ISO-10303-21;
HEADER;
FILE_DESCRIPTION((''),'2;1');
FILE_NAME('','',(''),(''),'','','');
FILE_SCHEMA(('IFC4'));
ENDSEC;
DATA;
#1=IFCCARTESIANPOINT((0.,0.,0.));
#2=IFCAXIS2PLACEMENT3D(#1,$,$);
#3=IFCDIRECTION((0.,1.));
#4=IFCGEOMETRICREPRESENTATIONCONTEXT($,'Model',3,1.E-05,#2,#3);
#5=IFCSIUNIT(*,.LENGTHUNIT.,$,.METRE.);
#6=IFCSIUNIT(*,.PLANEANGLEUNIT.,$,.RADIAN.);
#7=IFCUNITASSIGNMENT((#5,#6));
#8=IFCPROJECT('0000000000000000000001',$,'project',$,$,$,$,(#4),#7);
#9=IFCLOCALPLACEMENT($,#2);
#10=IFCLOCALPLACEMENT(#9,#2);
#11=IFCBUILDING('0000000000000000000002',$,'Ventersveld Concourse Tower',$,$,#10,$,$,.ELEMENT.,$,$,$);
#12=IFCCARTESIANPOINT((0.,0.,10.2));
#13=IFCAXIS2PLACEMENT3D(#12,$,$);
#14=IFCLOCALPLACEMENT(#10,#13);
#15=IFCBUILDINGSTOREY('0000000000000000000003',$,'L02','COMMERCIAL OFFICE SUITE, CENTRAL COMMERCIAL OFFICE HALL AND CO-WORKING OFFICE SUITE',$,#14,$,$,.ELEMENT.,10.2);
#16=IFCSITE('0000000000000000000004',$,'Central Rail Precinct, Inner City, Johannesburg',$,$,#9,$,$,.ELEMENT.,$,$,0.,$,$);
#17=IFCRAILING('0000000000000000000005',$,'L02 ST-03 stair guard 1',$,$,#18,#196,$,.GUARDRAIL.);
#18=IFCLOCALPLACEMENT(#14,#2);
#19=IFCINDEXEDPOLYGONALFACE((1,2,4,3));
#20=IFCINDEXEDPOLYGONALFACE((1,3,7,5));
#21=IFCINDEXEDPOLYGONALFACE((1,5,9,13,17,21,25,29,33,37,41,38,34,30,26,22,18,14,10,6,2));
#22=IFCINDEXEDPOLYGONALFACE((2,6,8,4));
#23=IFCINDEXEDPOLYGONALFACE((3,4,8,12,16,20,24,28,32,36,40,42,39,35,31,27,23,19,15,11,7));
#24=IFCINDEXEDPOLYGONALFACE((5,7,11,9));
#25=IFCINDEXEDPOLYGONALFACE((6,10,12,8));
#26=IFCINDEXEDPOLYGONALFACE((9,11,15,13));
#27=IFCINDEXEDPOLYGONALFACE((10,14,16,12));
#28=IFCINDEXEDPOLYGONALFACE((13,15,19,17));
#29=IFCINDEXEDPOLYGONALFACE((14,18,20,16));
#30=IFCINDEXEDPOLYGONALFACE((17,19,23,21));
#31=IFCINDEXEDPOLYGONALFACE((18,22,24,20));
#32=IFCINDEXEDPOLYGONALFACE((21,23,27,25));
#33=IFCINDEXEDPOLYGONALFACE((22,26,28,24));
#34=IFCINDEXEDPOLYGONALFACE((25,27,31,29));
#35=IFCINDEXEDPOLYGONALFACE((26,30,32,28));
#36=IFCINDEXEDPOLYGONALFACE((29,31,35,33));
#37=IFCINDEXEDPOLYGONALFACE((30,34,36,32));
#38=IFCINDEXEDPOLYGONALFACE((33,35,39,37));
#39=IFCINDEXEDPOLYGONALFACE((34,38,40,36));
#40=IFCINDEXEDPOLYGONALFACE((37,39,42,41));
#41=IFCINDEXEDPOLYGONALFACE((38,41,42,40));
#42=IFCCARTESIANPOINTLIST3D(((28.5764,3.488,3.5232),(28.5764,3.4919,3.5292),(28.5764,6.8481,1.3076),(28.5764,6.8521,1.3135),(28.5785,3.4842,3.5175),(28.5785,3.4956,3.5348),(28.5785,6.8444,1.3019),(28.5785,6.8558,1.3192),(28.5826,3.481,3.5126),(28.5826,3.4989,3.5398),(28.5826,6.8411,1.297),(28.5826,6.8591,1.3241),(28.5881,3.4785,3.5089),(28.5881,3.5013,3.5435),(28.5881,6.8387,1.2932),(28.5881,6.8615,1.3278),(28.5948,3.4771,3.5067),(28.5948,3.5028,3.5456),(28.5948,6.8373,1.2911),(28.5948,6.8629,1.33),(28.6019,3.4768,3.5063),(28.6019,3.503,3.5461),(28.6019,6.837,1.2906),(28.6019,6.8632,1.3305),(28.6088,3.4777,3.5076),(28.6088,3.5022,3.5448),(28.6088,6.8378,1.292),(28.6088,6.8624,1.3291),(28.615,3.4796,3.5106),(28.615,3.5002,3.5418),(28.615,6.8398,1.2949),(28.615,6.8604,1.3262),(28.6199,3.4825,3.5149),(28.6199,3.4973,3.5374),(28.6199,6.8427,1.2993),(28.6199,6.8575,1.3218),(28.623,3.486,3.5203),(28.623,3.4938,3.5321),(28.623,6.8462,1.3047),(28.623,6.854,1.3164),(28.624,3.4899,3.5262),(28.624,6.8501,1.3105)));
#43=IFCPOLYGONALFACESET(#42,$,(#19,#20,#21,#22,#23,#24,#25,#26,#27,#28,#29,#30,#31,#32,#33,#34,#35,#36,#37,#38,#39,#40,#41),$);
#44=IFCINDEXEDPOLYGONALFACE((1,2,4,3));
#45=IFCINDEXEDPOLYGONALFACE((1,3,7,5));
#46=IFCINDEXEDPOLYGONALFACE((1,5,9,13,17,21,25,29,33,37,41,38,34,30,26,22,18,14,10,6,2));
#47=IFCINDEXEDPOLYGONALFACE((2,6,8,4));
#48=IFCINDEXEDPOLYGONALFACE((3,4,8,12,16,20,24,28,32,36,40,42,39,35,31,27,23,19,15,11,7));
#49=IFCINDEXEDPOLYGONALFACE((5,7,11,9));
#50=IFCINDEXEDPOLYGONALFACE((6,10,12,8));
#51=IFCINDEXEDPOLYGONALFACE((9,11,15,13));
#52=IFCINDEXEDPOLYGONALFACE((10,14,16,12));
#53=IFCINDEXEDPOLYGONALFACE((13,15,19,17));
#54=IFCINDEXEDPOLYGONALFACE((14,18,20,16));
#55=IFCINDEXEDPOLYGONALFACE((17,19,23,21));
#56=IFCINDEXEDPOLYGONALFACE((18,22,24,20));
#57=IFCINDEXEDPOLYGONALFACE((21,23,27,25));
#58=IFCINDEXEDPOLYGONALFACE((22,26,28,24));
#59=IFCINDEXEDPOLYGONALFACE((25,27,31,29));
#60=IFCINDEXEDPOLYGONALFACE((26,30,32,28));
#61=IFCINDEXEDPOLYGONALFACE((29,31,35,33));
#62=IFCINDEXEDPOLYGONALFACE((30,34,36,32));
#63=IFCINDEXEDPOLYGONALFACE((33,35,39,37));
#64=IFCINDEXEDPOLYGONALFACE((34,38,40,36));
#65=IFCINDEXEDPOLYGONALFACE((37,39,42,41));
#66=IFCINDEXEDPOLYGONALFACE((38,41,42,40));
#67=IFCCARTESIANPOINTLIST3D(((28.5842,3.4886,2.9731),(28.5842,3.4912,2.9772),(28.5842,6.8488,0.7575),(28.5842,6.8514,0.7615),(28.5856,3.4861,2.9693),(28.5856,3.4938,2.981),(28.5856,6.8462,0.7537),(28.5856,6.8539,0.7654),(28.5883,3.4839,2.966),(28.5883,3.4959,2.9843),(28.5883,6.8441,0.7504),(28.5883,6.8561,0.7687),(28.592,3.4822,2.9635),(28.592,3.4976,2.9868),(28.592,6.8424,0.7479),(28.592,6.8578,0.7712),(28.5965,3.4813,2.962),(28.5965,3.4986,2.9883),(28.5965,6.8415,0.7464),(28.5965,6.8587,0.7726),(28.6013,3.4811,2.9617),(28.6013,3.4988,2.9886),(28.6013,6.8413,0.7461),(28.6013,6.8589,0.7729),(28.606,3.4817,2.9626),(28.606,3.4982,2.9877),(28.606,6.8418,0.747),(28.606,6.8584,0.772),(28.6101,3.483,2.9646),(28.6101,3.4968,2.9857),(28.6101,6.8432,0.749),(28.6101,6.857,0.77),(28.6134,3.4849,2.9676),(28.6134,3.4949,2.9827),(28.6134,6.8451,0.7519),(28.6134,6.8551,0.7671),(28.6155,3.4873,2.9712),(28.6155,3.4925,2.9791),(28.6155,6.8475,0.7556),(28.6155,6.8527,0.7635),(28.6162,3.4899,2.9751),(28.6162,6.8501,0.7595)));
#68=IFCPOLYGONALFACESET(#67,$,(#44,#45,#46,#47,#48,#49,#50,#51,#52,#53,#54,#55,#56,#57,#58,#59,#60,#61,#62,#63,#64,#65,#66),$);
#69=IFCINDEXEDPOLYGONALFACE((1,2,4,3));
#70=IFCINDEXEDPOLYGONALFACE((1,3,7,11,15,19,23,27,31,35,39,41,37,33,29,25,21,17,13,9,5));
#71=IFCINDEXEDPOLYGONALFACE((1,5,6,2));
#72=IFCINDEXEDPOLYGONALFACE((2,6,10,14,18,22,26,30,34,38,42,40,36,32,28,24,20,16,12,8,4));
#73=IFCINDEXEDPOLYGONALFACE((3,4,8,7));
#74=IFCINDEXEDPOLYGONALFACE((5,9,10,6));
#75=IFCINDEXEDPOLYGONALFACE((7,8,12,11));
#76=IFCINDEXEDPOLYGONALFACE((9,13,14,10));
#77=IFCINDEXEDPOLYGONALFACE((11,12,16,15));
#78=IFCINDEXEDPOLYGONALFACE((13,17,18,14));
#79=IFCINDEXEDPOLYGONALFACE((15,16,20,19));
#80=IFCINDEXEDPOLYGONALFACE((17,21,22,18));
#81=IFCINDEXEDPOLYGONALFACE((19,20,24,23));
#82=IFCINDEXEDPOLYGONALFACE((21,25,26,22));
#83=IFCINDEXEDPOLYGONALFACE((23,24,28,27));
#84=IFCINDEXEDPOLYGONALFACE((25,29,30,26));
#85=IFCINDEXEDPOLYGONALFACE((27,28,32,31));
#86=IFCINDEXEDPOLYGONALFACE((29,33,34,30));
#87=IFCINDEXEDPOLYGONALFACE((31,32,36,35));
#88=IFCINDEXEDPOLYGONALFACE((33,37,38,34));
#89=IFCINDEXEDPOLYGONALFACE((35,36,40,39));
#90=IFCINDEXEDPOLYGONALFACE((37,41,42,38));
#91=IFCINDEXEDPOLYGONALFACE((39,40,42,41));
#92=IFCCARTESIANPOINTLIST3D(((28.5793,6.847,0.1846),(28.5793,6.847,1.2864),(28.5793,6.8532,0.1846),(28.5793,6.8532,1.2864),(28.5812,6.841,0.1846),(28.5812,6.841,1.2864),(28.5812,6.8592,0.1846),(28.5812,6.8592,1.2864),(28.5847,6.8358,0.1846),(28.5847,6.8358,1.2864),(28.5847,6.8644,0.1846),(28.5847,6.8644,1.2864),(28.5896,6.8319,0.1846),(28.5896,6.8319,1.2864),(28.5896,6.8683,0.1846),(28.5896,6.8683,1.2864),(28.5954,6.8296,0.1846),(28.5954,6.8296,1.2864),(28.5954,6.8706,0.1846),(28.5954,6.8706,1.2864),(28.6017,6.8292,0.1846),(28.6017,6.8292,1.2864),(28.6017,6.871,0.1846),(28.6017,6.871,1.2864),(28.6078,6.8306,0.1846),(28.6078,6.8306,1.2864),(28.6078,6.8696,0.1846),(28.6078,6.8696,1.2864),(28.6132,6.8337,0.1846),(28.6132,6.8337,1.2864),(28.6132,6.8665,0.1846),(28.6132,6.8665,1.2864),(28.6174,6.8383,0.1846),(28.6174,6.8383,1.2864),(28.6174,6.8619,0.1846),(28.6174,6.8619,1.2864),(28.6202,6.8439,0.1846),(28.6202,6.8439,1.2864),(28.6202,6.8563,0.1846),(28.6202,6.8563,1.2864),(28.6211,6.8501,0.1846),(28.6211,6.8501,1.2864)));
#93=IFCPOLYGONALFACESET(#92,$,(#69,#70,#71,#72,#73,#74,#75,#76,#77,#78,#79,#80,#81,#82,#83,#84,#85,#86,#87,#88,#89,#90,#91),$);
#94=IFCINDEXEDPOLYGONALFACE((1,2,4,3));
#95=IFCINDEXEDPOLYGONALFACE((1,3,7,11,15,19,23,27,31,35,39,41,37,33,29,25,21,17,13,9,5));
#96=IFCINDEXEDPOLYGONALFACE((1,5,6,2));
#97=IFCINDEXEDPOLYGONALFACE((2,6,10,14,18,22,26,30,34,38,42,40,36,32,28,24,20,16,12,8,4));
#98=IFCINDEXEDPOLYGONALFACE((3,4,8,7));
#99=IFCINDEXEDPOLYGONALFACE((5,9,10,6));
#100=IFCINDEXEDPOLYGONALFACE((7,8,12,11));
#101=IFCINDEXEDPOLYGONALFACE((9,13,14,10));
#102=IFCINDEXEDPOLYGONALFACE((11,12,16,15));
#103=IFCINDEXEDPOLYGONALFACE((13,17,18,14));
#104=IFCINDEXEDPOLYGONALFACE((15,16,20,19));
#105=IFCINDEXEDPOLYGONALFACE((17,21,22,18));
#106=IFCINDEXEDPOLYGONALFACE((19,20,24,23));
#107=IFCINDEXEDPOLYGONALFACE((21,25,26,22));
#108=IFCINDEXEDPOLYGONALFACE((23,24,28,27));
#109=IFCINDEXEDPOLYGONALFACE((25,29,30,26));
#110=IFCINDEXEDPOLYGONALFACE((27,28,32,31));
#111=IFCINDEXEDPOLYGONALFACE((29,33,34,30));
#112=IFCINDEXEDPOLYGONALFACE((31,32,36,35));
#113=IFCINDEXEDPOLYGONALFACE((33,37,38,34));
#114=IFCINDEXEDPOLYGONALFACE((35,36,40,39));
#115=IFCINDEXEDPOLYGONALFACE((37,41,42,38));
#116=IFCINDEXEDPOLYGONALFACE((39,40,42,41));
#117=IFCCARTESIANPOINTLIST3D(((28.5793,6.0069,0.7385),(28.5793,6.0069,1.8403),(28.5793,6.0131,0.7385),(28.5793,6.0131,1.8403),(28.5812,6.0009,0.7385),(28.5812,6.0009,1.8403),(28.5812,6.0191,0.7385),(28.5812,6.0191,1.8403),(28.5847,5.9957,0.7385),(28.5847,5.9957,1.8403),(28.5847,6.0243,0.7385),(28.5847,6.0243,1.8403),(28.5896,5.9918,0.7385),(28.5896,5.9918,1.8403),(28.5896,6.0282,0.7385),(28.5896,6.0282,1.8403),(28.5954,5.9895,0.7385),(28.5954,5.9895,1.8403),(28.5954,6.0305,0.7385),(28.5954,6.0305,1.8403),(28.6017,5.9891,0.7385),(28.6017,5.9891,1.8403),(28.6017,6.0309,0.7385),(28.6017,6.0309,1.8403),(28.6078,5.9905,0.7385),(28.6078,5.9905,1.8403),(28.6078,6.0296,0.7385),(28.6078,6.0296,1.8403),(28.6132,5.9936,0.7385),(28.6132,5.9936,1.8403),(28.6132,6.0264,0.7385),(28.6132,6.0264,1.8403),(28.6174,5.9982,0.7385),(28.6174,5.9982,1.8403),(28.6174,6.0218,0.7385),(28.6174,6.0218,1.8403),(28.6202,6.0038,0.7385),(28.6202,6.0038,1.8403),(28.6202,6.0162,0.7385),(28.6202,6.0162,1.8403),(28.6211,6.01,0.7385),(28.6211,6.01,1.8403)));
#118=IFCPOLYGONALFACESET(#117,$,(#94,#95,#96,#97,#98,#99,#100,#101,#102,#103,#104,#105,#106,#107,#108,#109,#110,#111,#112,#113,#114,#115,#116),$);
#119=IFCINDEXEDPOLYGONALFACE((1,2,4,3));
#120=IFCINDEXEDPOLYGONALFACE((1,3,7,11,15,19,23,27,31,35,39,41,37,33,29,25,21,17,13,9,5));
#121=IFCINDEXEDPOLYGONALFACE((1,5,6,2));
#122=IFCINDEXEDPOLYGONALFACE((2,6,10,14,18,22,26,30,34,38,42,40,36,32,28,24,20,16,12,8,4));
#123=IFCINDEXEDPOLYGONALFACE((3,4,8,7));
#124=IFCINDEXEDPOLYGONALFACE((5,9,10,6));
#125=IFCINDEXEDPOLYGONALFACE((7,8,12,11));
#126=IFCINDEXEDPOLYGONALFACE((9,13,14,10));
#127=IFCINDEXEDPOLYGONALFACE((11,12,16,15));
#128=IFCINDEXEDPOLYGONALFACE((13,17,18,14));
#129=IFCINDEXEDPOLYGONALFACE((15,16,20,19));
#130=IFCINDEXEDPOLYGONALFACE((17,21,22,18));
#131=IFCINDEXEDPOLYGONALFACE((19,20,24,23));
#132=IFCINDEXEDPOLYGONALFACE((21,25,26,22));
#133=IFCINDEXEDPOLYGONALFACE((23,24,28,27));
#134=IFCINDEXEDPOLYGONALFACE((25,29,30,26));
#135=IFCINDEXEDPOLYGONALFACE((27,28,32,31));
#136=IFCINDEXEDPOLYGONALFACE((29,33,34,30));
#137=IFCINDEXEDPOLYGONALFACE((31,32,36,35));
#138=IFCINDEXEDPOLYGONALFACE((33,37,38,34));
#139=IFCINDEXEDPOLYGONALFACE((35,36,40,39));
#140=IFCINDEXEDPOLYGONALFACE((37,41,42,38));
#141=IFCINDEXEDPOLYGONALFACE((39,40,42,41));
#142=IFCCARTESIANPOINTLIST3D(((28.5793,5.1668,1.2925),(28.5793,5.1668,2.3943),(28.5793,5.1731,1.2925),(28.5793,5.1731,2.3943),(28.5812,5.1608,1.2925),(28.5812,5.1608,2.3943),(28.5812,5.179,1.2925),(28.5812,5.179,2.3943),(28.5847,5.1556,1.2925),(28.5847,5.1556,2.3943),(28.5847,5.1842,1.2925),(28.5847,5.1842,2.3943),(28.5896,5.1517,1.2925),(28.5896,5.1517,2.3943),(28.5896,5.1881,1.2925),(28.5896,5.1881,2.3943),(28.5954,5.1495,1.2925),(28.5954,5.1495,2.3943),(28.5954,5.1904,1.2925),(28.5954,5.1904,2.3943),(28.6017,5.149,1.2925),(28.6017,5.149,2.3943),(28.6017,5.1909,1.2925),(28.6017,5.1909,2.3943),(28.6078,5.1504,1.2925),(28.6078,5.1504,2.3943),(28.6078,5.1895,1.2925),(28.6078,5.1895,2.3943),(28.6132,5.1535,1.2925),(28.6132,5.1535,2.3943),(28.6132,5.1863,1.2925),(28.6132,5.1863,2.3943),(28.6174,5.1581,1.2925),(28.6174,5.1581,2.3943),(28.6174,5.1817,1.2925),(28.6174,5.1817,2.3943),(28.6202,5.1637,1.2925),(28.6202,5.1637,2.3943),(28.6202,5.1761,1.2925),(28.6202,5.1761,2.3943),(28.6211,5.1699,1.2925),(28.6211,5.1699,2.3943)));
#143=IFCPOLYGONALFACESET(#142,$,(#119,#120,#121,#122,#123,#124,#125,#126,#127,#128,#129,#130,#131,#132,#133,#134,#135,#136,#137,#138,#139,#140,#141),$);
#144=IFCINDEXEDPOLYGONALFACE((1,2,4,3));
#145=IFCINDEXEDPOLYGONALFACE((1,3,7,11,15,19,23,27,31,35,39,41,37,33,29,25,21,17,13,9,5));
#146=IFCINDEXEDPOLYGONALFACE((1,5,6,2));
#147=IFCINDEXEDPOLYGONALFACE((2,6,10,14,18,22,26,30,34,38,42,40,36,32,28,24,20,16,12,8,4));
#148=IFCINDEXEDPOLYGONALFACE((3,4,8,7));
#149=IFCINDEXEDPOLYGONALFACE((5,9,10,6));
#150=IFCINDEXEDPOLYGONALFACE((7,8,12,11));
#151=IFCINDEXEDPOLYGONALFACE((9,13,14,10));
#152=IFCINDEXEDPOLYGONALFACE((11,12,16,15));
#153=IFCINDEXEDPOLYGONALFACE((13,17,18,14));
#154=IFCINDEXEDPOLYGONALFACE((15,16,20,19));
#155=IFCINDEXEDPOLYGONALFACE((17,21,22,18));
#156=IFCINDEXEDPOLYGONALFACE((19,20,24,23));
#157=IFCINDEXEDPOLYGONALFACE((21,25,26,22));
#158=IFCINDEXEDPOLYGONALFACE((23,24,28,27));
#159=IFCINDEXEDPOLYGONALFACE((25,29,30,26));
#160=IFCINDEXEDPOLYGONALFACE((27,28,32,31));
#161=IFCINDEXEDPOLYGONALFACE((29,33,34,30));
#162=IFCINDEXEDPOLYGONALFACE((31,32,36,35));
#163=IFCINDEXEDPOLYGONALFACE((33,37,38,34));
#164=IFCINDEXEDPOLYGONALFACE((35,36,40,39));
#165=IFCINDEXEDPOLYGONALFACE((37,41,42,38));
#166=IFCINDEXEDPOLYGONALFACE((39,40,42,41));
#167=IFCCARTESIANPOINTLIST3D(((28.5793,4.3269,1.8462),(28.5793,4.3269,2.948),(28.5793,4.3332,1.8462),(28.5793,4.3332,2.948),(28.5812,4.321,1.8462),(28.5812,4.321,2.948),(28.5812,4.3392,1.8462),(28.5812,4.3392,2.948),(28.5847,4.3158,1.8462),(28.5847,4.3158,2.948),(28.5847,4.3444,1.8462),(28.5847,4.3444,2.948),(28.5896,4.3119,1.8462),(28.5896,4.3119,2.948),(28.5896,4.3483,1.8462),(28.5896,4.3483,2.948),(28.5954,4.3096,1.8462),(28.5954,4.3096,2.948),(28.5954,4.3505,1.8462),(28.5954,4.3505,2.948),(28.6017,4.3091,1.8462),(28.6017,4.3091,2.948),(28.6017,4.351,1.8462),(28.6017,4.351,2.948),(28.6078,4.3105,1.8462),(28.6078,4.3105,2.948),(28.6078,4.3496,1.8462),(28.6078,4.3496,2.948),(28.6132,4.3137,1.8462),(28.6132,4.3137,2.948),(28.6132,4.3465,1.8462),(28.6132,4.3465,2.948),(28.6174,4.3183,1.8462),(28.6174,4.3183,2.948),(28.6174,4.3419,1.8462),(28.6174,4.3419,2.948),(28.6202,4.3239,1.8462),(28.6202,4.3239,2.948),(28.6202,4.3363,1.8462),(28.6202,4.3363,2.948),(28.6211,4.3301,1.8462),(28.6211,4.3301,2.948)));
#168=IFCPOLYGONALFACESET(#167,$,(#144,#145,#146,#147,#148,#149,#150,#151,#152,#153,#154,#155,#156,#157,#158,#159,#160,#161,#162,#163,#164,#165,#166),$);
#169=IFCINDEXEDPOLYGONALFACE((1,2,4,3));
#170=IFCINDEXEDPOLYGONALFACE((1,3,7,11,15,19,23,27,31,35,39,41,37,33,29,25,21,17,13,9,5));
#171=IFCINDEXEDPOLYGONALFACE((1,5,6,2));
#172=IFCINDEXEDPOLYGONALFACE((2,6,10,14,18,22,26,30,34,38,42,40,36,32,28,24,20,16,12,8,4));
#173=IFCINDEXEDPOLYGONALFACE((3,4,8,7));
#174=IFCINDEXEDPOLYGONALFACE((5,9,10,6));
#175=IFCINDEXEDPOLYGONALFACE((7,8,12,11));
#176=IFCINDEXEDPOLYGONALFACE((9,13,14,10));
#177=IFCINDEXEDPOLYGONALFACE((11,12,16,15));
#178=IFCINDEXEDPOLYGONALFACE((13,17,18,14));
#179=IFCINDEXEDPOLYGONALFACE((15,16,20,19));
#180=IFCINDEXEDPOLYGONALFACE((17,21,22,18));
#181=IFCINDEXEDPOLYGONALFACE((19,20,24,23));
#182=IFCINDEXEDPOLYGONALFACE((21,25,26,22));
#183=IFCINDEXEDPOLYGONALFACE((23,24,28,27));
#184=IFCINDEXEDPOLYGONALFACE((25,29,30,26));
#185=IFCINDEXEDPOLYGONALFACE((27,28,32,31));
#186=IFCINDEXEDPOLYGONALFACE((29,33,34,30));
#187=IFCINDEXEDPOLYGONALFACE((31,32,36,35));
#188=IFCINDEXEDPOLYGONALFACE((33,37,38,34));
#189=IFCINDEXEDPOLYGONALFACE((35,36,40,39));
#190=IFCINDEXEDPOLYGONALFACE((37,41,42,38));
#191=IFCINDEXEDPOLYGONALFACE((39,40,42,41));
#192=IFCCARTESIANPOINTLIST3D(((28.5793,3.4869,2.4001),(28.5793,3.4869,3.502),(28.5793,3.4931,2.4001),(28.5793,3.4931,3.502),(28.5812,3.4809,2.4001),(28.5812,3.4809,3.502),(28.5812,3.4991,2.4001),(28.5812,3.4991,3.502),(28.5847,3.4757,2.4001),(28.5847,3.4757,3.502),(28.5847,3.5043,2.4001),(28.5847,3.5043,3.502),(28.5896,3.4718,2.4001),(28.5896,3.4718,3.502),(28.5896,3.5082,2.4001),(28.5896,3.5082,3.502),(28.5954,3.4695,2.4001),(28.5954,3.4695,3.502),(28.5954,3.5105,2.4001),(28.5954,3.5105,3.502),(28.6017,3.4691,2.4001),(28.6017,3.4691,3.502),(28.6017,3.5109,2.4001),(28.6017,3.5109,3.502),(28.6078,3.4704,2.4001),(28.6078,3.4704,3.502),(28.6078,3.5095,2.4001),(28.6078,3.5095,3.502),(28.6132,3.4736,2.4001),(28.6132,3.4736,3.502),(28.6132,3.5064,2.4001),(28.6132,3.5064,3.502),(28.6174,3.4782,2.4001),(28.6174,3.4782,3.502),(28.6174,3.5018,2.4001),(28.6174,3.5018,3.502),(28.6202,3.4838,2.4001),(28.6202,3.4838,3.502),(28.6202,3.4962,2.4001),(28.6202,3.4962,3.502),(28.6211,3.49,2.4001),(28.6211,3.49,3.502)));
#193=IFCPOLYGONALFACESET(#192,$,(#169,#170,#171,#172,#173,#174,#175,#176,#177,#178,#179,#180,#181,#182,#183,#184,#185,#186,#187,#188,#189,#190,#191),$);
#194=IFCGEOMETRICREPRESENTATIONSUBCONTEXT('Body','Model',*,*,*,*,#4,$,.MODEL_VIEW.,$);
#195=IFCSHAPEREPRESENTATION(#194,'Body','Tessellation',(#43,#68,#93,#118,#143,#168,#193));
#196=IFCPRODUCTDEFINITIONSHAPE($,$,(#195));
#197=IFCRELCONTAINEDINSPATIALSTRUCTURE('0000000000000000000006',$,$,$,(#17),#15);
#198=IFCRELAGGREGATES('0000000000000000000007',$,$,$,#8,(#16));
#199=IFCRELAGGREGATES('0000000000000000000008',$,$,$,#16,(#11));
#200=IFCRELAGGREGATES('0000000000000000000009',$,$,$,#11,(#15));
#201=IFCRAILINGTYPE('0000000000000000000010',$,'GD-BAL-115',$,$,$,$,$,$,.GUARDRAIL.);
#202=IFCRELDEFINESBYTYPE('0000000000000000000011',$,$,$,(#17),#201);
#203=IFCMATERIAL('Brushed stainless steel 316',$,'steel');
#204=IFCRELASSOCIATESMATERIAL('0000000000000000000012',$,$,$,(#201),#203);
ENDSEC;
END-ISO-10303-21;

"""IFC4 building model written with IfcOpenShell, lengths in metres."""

from ifc_helpers import new_model, si_unit, direction, frame, origin, origin_2d, place, context, subcontext, project, spatial, circle, extrude, material, type_object, element, save


model = new_model("IFC4")

# Units and contexts
model_context = context("Model", 3, precision=1e-05, world=origin(), true_north=direction((0.0, 1.0)))
body_context = subcontext(model_context, "Body", "Model", "MODEL_VIEW")
ifc_project = project(units=[si_unit("LENGTHUNIT", "METRE"), si_unit("PLANEANGLEUNIT", "RADIAN")], contexts=[model_context])

# Site, building, storey
site_placement = place(None, origin())
site = spatial("IfcSite", under=ifc_project, at=site_placement, Name="Central Rail Precinct, Inner City, Johannesburg", CompositionType="ELEMENT", RefElevation=0.0)
building_placement = place(site_placement, origin())
building = spatial("IfcBuilding", under=site, at=building_placement, Name="Ventersveld Concourse Tower", CompositionType="ELEMENT")
storey_placement = place(building_placement, frame((0.0, 0.0, 10.2)))
storey = spatial("IfcBuildingStorey", under=building, at=storey_placement, Name="L02", Description="COMMERCIAL OFFICE SUITE, CENTRAL COMMERCIAL OFFICE HALL AND CO-WORKING OFFICE SUITE", CompositionType="ELEMENT", Elevation=10.2)

# Railing
ifc_material_1 = material(Name="Brushed stainless steel 316", Category="steel")
railing_type_1 = type_object("IfcRailingType", Name="GD-BAL-115", PredefinedType="GUARDRAIL", material=ifc_material_1)
railing_1_placement = place(storey_placement, frame((28.6001, 6.8501, 0.1846)))
element("IfcRailing", 1, at=railing_1_placement, inside=storey, type_object=railing_type_1, Name="L02 ST-03 stair guard 1", PredefinedType="GUARDRAIL", context=body_context, shape_type="SweptSolid", body=[
    extrude(circle(Radius=0.0239, at=origin_2d()), frame((0.0, 0.0, 1.126), z_axis=(0.0, -0.834849, 0.55048), x_axis=(1.0, 0.0, 0.0)), (0.0, 0.0, 1.0), 4.0249),
    extrude(circle(Radius=0.0161, at=origin_2d()), frame((0.0, 0.0, 0.575), z_axis=(0.0, -0.834849, 0.55048), x_axis=(1.0, 0.0, 0.0)), (0.0, 0.0, 1.0), 4.0249),
    extrude(circle(Radius=0.021, at=origin_2d()), origin(), (0.0, 0.0, 1.0), 1.1018),
    extrude(circle(Radius=0.021, at=origin_2d()), frame((0.0, -0.8401, 0.554)), (0.0, 0.0, 1.0), 1.1018),
    extrude(circle(Radius=0.021, at=origin_2d()), frame((0.0, -1.6802, 1.1079)), (0.0, 0.0, 1.0), 1.1018),
    extrude(circle(Radius=0.021, at=origin_2d()), frame((0.0, -2.52, 1.6616)), (0.0, 0.0, 1.0), 1.1018),
    extrude(circle(Radius=0.021, at=origin_2d()), frame((0.0, -3.3601, 2.2156)), (0.0, 0.0, 1.0), 1.1018),
])

save(model, "model.ifc")
